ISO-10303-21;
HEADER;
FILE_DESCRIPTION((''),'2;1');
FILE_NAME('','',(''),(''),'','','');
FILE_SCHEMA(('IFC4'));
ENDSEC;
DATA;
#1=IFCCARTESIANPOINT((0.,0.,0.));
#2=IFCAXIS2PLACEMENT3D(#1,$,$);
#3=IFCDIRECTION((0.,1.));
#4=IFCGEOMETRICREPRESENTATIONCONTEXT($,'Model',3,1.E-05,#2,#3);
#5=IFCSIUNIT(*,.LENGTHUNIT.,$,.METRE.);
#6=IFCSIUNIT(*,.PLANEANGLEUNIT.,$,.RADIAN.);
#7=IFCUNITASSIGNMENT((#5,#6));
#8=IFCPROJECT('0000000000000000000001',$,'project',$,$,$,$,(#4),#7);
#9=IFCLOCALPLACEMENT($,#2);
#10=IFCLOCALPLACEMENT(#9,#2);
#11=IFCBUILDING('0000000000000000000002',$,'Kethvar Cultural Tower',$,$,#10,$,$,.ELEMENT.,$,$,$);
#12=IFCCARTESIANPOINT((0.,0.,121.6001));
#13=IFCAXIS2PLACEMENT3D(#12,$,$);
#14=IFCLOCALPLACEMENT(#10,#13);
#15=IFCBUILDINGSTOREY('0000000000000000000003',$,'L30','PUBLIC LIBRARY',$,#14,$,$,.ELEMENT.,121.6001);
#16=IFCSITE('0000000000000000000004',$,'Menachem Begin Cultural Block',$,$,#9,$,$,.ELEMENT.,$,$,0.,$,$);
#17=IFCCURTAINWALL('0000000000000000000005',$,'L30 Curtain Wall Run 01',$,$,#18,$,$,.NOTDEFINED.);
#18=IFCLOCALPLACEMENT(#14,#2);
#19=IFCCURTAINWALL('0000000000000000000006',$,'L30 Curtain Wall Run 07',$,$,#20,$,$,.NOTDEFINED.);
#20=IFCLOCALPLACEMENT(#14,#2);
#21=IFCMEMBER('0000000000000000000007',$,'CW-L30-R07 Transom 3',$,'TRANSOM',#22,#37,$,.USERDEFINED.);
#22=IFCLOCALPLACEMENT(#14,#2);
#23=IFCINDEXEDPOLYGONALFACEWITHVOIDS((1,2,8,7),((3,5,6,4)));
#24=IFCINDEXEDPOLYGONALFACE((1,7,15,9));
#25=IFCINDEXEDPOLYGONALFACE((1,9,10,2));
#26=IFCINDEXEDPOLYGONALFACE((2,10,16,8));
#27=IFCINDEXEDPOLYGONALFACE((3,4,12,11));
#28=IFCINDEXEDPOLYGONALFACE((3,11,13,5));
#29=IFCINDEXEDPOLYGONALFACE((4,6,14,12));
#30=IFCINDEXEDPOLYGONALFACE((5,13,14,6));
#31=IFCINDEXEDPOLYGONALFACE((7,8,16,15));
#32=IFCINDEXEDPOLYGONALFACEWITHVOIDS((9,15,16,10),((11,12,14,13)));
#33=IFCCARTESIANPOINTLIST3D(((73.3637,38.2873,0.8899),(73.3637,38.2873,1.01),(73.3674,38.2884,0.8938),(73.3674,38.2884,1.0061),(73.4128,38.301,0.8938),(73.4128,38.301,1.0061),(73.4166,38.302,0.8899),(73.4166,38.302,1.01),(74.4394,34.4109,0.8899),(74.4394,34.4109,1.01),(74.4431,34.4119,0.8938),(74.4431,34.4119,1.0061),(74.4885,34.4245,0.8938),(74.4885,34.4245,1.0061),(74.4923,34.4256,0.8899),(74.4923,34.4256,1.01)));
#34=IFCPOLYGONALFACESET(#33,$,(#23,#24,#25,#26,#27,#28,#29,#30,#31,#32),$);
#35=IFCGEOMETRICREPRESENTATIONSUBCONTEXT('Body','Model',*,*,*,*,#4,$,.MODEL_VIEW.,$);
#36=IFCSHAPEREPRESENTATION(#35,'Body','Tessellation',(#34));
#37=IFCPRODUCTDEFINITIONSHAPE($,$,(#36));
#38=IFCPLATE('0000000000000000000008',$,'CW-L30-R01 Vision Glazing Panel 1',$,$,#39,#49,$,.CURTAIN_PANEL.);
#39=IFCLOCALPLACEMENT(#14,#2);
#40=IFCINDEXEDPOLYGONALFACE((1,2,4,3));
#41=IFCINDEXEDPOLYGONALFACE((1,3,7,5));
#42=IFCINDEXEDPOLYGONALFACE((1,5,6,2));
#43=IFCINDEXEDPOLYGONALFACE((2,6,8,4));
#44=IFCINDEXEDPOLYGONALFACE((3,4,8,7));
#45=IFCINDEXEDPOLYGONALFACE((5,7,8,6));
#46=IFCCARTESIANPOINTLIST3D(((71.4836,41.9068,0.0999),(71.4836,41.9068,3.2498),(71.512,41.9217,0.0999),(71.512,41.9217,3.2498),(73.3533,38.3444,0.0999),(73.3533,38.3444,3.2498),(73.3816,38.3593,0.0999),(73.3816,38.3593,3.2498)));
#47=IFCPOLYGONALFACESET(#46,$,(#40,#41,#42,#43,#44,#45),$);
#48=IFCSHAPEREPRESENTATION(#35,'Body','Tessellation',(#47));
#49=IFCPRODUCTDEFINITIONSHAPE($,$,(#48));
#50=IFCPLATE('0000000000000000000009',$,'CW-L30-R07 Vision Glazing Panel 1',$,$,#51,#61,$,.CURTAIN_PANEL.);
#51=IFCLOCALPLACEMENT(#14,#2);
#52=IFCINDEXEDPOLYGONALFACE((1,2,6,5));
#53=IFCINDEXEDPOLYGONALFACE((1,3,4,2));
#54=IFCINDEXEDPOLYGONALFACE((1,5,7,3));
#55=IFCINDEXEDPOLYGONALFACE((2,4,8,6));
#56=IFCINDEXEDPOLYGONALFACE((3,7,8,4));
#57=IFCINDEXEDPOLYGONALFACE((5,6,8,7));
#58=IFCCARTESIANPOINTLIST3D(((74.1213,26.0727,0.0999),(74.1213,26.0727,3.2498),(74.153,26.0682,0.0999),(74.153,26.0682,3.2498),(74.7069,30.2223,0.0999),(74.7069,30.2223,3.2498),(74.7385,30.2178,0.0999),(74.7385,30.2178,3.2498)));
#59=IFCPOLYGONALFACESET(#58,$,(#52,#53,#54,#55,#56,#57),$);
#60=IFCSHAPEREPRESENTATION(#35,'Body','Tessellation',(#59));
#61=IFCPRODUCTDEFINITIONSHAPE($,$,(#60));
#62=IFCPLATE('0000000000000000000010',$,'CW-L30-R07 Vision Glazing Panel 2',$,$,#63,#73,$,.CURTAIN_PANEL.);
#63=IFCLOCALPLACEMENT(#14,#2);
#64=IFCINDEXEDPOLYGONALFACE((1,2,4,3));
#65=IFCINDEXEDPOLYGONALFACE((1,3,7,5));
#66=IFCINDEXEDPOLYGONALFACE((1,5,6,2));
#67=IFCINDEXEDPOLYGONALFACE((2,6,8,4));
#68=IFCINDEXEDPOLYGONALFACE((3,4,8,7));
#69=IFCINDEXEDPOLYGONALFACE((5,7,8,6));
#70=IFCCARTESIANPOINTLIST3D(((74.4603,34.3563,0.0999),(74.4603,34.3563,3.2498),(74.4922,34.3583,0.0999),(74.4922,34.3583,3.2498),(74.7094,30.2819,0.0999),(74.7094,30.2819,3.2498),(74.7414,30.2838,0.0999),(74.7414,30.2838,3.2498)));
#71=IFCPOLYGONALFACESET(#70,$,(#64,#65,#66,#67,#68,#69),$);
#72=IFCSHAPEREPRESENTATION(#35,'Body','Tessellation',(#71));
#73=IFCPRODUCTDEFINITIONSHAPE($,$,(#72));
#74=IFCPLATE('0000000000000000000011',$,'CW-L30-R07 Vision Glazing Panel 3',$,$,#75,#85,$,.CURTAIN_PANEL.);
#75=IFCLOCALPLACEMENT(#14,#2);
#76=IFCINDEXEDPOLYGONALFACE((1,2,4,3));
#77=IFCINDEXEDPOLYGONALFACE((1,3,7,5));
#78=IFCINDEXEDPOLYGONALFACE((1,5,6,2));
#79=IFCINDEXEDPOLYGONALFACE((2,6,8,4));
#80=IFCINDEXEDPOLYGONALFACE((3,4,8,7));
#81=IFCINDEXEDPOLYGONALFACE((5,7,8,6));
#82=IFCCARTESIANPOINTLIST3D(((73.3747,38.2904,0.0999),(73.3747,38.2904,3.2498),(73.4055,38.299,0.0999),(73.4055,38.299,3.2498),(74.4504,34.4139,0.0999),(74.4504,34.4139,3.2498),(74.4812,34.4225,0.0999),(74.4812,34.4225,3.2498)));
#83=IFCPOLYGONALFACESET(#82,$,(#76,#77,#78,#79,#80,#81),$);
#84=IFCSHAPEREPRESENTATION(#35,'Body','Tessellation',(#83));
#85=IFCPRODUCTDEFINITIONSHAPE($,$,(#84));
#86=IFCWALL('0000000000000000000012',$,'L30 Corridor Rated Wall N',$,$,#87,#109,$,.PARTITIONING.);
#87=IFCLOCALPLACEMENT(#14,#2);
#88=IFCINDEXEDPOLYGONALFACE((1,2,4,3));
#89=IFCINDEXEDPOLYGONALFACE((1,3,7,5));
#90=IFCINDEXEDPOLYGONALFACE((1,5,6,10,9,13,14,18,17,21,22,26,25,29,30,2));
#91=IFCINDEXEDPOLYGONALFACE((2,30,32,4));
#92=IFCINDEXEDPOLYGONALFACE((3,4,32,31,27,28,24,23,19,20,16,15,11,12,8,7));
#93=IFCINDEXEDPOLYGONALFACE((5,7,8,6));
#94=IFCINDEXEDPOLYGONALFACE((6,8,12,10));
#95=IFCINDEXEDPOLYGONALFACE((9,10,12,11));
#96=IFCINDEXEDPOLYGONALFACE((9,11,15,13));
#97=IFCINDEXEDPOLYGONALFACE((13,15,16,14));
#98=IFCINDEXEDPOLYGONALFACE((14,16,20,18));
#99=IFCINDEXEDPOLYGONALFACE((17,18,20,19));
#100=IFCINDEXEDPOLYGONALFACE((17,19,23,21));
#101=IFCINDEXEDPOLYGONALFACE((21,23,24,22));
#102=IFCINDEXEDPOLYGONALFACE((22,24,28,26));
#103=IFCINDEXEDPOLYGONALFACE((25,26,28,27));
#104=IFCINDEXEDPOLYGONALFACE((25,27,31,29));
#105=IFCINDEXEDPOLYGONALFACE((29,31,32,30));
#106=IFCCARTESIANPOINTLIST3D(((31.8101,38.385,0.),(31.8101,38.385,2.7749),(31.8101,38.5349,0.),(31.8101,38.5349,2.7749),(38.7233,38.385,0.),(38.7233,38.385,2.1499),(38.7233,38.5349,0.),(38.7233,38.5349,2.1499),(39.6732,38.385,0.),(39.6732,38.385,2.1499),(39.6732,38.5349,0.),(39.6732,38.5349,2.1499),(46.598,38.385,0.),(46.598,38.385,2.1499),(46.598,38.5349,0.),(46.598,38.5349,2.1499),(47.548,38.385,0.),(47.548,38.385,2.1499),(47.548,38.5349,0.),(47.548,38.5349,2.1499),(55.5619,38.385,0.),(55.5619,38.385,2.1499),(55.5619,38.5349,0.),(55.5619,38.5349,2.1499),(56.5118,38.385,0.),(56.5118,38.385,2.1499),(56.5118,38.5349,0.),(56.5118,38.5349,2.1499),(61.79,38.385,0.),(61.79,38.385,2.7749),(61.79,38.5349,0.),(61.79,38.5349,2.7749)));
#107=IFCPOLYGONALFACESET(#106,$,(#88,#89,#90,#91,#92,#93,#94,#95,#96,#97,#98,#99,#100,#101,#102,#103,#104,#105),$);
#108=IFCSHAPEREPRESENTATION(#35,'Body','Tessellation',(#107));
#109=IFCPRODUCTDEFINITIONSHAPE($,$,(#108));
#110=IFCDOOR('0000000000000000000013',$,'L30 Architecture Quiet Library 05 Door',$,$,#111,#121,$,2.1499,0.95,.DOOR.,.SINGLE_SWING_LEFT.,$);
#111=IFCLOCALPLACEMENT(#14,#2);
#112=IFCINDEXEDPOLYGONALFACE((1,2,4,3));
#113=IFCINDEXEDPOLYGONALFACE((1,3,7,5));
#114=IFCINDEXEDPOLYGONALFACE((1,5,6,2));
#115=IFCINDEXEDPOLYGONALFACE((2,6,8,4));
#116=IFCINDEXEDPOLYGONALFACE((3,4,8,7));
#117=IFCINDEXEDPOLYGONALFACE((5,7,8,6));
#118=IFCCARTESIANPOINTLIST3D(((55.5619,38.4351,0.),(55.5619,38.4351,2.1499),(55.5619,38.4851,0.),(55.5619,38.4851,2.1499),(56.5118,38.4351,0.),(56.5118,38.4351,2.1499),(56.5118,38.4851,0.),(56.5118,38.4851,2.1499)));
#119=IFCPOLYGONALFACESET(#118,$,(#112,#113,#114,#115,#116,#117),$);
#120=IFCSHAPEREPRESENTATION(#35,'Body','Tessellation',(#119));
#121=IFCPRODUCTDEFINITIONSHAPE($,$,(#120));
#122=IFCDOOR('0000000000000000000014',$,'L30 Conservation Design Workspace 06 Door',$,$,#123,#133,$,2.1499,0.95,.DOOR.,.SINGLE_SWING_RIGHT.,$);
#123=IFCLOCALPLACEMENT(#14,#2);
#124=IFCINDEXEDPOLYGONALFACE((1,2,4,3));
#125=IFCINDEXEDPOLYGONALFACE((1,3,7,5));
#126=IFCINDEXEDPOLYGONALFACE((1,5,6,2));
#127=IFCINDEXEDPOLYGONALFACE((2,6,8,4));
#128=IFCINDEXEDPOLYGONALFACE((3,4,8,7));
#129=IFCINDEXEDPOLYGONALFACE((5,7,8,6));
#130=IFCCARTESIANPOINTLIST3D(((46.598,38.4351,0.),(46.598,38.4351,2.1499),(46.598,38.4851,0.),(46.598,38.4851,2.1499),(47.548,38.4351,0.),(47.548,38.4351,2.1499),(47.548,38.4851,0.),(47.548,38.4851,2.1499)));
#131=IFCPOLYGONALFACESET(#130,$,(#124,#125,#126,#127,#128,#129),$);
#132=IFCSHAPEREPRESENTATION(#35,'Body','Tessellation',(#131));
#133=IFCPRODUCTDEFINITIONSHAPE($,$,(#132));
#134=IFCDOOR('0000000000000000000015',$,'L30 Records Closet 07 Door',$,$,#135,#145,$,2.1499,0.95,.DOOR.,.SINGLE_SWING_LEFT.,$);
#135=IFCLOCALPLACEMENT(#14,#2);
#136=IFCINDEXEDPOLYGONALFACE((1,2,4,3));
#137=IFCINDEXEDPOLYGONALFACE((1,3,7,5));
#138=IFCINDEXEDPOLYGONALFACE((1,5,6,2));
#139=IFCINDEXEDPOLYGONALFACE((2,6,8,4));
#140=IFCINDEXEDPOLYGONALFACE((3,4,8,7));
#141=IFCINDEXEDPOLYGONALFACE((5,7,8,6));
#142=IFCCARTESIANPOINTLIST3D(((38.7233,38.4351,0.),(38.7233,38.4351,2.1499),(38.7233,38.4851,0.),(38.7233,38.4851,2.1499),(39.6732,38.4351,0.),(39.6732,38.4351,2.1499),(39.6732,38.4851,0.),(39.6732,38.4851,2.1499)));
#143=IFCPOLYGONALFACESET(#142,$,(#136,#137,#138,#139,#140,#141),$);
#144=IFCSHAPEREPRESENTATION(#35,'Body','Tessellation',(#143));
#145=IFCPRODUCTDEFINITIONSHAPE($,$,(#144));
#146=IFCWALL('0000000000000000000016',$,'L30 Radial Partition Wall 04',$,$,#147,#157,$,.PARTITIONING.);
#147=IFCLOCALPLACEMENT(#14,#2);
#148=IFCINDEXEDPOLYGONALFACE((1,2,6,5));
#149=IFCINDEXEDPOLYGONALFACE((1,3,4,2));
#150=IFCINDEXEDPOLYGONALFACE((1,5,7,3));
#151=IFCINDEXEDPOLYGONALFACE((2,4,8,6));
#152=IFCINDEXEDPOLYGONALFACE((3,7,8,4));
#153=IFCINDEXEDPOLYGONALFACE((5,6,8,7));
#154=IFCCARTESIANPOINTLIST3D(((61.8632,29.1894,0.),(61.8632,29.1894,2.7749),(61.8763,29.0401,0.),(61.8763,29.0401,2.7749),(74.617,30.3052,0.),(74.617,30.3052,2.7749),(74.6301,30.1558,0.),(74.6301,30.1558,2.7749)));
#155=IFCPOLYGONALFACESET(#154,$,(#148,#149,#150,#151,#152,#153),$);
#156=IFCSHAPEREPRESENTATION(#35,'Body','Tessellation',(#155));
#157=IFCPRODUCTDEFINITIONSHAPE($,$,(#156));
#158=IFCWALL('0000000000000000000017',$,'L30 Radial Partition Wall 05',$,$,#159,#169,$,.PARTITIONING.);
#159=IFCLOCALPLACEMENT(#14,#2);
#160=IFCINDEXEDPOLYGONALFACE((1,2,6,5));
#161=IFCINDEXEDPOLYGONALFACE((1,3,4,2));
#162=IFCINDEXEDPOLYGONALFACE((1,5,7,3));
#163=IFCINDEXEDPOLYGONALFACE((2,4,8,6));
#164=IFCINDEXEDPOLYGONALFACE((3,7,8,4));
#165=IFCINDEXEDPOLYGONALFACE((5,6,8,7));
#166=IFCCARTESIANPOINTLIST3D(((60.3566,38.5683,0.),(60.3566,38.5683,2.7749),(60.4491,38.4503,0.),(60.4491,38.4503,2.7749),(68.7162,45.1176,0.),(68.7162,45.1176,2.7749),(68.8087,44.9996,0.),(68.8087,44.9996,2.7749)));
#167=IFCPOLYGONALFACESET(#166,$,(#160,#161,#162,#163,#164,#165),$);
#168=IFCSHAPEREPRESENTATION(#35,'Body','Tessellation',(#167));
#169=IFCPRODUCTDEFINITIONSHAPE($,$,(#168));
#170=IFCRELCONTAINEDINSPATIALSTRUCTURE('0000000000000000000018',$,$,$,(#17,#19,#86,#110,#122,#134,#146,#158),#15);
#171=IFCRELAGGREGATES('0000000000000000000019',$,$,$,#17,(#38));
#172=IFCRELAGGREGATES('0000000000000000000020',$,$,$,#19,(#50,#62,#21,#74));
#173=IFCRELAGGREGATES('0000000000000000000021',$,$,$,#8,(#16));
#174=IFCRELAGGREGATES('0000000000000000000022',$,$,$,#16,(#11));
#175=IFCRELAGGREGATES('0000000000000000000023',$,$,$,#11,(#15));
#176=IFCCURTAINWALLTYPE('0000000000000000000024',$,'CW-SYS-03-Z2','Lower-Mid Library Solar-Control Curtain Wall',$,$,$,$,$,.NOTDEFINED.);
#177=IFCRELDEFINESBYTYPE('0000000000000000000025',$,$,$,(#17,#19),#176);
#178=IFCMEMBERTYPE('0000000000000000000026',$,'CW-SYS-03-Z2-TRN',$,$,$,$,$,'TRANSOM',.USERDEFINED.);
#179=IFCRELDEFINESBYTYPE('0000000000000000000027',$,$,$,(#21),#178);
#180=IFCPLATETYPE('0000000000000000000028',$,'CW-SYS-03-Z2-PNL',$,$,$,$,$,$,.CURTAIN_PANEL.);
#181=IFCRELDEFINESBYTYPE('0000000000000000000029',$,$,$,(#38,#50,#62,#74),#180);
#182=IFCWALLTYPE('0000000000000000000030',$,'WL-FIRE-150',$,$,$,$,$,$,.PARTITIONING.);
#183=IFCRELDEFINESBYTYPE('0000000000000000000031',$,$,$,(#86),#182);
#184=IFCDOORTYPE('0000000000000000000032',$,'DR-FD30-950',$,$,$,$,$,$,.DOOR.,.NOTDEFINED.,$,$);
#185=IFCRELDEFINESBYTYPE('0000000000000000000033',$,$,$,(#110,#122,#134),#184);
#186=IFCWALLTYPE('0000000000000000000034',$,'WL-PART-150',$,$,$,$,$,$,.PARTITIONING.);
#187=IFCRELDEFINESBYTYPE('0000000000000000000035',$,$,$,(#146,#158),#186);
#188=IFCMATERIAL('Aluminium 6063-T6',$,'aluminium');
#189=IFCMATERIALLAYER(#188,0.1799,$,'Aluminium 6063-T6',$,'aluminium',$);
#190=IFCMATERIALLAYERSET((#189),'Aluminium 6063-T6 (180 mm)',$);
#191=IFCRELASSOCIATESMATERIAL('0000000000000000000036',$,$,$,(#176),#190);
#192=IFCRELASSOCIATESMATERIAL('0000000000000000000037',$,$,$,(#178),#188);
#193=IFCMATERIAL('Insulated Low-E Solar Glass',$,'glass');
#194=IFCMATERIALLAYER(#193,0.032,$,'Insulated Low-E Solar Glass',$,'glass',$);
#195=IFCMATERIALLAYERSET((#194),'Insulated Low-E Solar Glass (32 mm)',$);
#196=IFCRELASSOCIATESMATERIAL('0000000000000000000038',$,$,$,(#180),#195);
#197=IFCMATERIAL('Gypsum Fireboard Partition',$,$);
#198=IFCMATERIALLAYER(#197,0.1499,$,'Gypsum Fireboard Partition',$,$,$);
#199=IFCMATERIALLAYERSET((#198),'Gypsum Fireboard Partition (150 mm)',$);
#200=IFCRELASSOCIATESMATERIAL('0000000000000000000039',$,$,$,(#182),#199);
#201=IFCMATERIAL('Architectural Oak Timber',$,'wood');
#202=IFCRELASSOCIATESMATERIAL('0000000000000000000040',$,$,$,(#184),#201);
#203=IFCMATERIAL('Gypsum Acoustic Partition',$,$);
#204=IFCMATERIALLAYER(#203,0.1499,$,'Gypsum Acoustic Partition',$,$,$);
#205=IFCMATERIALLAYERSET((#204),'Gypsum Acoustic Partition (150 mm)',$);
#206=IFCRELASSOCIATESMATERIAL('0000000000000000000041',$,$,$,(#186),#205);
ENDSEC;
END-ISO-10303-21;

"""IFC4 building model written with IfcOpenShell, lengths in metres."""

from ifc_helpers import new_model, si_unit, direction, frame, frame_2d, origin, origin_2d, place, context, subcontext, project, spatial, rectangle, hollow_rectangle, extrude, source, transform, mapped, material, layer, layer_set, material_profile, profile_set, type_object, element, fill, aggregate, save


model = new_model("IFC4")

# Units and contexts
model_context = context("Model", 3, precision=1e-05, world=origin(), true_north=direction((0.0, 1.0)))
body_context = subcontext(model_context, "Body", "Model", "MODEL_VIEW")
ifc_project = project(units=[si_unit("LENGTHUNIT", "METRE"), si_unit("PLANEANGLEUNIT", "RADIAN")], contexts=[model_context])

# Site, building, storey
site_placement = place(None, origin())
site = spatial("IfcSite", under=ifc_project, at=site_placement, Name="Menachem Begin Cultural Block", CompositionType="ELEMENT", RefElevation=0.0)
building_placement = place(site_placement, origin())
building = spatial("IfcBuilding", under=site, at=building_placement, Name="Kethvar Cultural Tower", CompositionType="ELEMENT")
storey_placement = place(building_placement, frame((0.0, 0.0, 121.6001)))
storey = spatial("IfcBuildingStorey", under=building, at=storey_placement, Name="L30", Description="PUBLIC LIBRARY", CompositionType="ELEMENT", Elevation=121.6001)

# Curtain walls
ifc_material_1 = material(Name="Aluminium 6063-T6", Category="aluminium")
ifc_layer_1 = layer(ifc_material_1, 0.1799, Name="Aluminium 6063-T6", Category="aluminium")
ifc_layer_set_1 = layer_set([ifc_layer_1], Name="Aluminium 6063-T6 (180 mm)")
curtain_wall_type = type_object("IfcCurtainWallType", Name="CW-SYS-03-Z2", Description="Lower-Mid Library Solar-Control Curtain Wall", PredefinedType="NOTDEFINED", material=ifc_layer_set_1)
curtain_wall_1_placement = place(storey_placement, origin())
curtain_wall_1 = element("IfcCurtainWall", 1, at=curtain_wall_1_placement, inside=storey, type_object=curtain_wall_type, Name="L30 Curtain Wall Run 01", PredefinedType="NOTDEFINED")
curtain_wall_2_placement = place(storey_placement, origin())
curtain_wall_2 = element("IfcCurtainWall", 2, at=curtain_wall_2_placement, inside=storey, type_object=curtain_wall_type, Name="L30 Curtain Wall Run 07", PredefinedType="NOTDEFINED")

# Member
ifc_material_profile_1 = material_profile(ifc_material_1, hollow_rectangle(XDim=0.0549, YDim=0.1201, WallThickness=0.0039, at=origin_2d()), Name="Aluminium 6063-T6 — RHS120x55x4")
ifc_profile_set_1 = profile_set([ifc_material_profile_1], Name="Aluminium 6063-T6 — RHS120x55x4")
member_type_1 = type_object("IfcMemberType", Name="CW-SYS-03-Z2-TRN", ElementType="TRANSOM", PredefinedType="USERDEFINED", material=ifc_profile_set_1)
shared_shape_1 = source(origin(), body_context, "Body", "SweptSolid", [
    extrude(hollow_rectangle(XDim=0.0549, YDim=0.1201, WallThickness=0.0039, at=origin_2d()), origin(), (0.0, 0.0, 1.0), 4.0229),
])
member_1_placement = place(storey_placement, frame((74.4658, 34.4182, 0.95), z_axis=(-0.267387, 0.963589, 0.0), x_axis=(-0.963589, -0.267387, 0.0)))
member_1 = element("IfcMember", 3, at=member_1_placement, type_object=member_type_1, Name="CW-L30-R07 Transom 3", ObjectType="TRANSOM", PredefinedType="USERDEFINED", context=body_context, shape_type="MappedRepresentation", body=[
    mapped(shared_shape_1, transform((0.0, 0.0, 0.0), scale=1.0)),
])

# Plates
ifc_material_2 = material(Name="Insulated Low-E Solar Glass", Category="glass")
ifc_layer_2 = layer(ifc_material_2, 0.032, Name="Insulated Low-E Solar Glass", Category="glass")
ifc_layer_set_2 = layer_set([ifc_layer_2], Name="Insulated Low-E Solar Glass (32 mm)")
plate_type = type_object("IfcPlateType", Name="CW-SYS-03-Z2-PNL", PredefinedType="CURTAIN_PANEL", material=ifc_layer_set_2)
shared_shape_2 = source(origin(), body_context, "Body", "SweptSolid", [
    extrude(rectangle(XDim=4.0232, YDim=0.032, at=origin_2d()), origin(), (0.0, 0.0, 1.0), 3.1499),
])
plate_1_placement = place(storey_placement, frame((72.4326, 40.1331, 0.0999), z_axis=(0.0, 0.0, 1.0), x_axis=(-0.464718, 0.885459, 0.0)))
plate_1 = element("IfcPlate", 4, at=plate_1_placement, type_object=plate_type, Name="CW-L30-R01 Vision Glazing Panel 1", PredefinedType="CURTAIN_PANEL", context=body_context, shape_type="MappedRepresentation", body=[
    mapped(shared_shape_2, transform((0.0, 0.0, 0.0), scale=1.0)),
])
aggregate(curtain_wall_1, [plate_1])
shared_shape_3 = source(origin(), body_context, "Body", "SweptSolid", [
    extrude(rectangle(XDim=4.1907, YDim=0.032, at=origin_2d()), origin(), (0.0, 0.0, 1.0), 3.1499),
])
plate_2_placement = place(storey_placement, frame((74.4299, 28.1453, 0.0999), z_axis=(0.0, 0.0, 1.0), x_axis=(0.139726, 0.99019, 0.0)))
plate_2 = element("IfcPlate", 5, at=plate_2_placement, type_object=plate_type, Name="CW-L30-R07 Vision Glazing Panel 1", PredefinedType="CURTAIN_PANEL", context=body_context, shape_type="MappedRepresentation", body=[
    mapped(shared_shape_3, transform((0.0, 0.0, 0.0), scale=1.0)),
])
shared_shape_4 = source(origin(), body_context, "Body", "SweptSolid", [
    extrude(rectangle(XDim=4.082, YDim=0.032, at=origin_2d()), origin(), (0.0, 0.0, 1.0), 3.1499),
])
plate_3_placement = place(storey_placement, frame((74.6008, 32.3201, 0.0999), z_axis=(0.0, 0.0, 1.0), x_axis=(-0.061031, 0.998136, 0.0)))
plate_3 = element("IfcPlate", 6, at=plate_3_placement, type_object=plate_type, Name="CW-L30-R07 Vision Glazing Panel 2", PredefinedType="CURTAIN_PANEL", context=body_context, shape_type="MappedRepresentation", body=[
    mapped(shared_shape_4, transform((0.0, 0.0, 0.0), scale=1.0)),
])
shared_shape_5 = source(origin(), body_context, "Body", "SweptSolid", [
    extrude(rectangle(XDim=4.0229, YDim=0.032, at=origin_2d()), origin(), (0.0, 0.0, 1.0), 3.1499),
])
plate_4_placement = place(storey_placement, frame((73.928, 36.3564, 0.0999), z_axis=(0.0, 0.0, 1.0), x_axis=(-0.26739, 0.963588, 0.0)))
plate_4 = element("IfcPlate", 7, at=plate_4_placement, type_object=plate_type, Name="CW-L30-R07 Vision Glazing Panel 3", PredefinedType="CURTAIN_PANEL", context=body_context, shape_type="MappedRepresentation", body=[
    mapped(shared_shape_5, transform((0.0, 0.0, 0.0), scale=1.0)),
])
aggregate(curtain_wall_2, [plate_2, plate_3, member_1, plate_4])

# Wall, openings, doors
ifc_material_3 = material(Name="Gypsum Fireboard Partition")
ifc_layer_3 = layer(ifc_material_3, 0.1499, Name="Gypsum Fireboard Partition")
ifc_layer_set_3 = layer_set([ifc_layer_3], Name="Gypsum Fireboard Partition (150 mm)")
wall_type_1 = type_object("IfcWallType", Name="WL-FIRE-150", PredefinedType="PARTITIONING", material=ifc_layer_set_3)
wall_1_placement = place(storey_placement, frame((61.79, 38.46, 0.0), z_axis=(0.0, 0.0, 1.0), x_axis=(-1.0, 0.0, 0.0)))
wall_1 = element("IfcWall", 8, at=wall_1_placement, inside=storey, type_object=wall_type_1, Name="L30 Corridor Rated Wall N", PredefinedType="PARTITIONING", context=body_context, shape_type="SweptSolid", body=[
    extrude(rectangle(XDim=29.98, YDim=0.1499, at=frame_2d((14.99, 0.0))), origin(), (0.0, 0.0, 1.0), 2.7749),
])
opening_1_placement = place(wall_1_placement, frame((5.2781, 0.0, 0.0)))
opening_1 = element("IfcOpeningElement", 9, at=opening_1_placement, cuts=wall_1, PredefinedType="OPENING", context=body_context, shape_type="SweptSolid", body=[
    extrude(rectangle(XDim=0.95, YDim=2.1499, at=frame_2d((0.4751, 1.075))), frame((0.0, 0.085, 0.0), z_axis=(0.0, -1.0, 0.0), x_axis=(1.0, 0.0, 0.0)), (0.0, 0.0, 1.0), 0.1699),
])
opening_2_placement = place(wall_1_placement, frame((14.2419, 0.0, 0.0)))
opening_2 = element("IfcOpeningElement", 10, at=opening_2_placement, cuts=wall_1, PredefinedType="OPENING", context=body_context, shape_type="SweptSolid", body=[
    extrude(rectangle(XDim=0.95, YDim=2.1499, at=frame_2d((0.4751, 1.075))), frame((0.0, 0.085, 0.0), z_axis=(0.0, -1.0, 0.0), x_axis=(1.0, 0.0, 0.0)), (0.0, 0.0, 1.0), 0.1699),
])
opening_3_placement = place(wall_1_placement, frame((22.1167, 0.0, 0.0)))
opening_3 = element("IfcOpeningElement", 11, at=opening_3_placement, cuts=wall_1, PredefinedType="OPENING", context=body_context, shape_type="SweptSolid", body=[
    extrude(rectangle(XDim=0.95, YDim=2.1499, at=frame_2d((0.4751, 1.075))), frame((0.0, 0.085, 0.0), z_axis=(0.0, -1.0, 0.0), x_axis=(1.0, 0.0, 0.0)), (0.0, 0.0, 1.0), 0.1699),
])
ifc_material_4 = material(Name="Architectural Oak Timber", Category="wood")
door_type = type_object("IfcDoorType", Name="DR-FD30-950", OperationType="NOTDEFINED", PredefinedType="DOOR", material=ifc_material_4)
shared_shape_6 = source(origin(), body_context, "Body", "SweptSolid", [
    extrude(rectangle(XDim=0.95, YDim=2.1499, at=frame_2d((0.4751, 1.075))), frame((0.0, 0.0249, 0.0), z_axis=(0.0, -1.0, 0.0), x_axis=(1.0, 0.0, 0.0)), (0.0, 0.0, 1.0), 0.05),
])
door_1_placement = place(opening_1_placement, origin())
door_1 = element("IfcDoor", 12, at=door_1_placement, inside=storey, type_object=door_type, Name="L30 Architecture Quiet Library 05 Door", OperationType="SINGLE_SWING_LEFT", OverallHeight=2.1499, OverallWidth=0.95, PredefinedType="DOOR", context=body_context, shape_type="MappedRepresentation", body=[
    mapped(shared_shape_6, transform((0.0, 0.0, 0.0), scale=1.0)),
])
fill(opening_1, door_1)
door_2_placement = place(opening_2_placement, origin())
door_2 = element("IfcDoor", 13, at=door_2_placement, inside=storey, type_object=door_type, Name="L30 Conservation Design Workspace 06 Door", OperationType="SINGLE_SWING_RIGHT", OverallHeight=2.1499, OverallWidth=0.95, PredefinedType="DOOR", context=body_context, shape_type="MappedRepresentation", body=[
    mapped(shared_shape_6, transform((0.0, 0.0, 0.0), scale=1.0)),
])
fill(opening_2, door_2)
door_3_placement = place(opening_3_placement, origin())
door_3 = element("IfcDoor", 14, at=door_3_placement, inside=storey, type_object=door_type, Name="L30 Records Closet 07 Door", OperationType="SINGLE_SWING_LEFT", OverallHeight=2.1499, OverallWidth=0.95, PredefinedType="DOOR", context=body_context, shape_type="MappedRepresentation", body=[
    mapped(shared_shape_6, transform((0.0, 0.0, 0.0), scale=1.0)),
])
fill(opening_3, door_3)

# Walls
ifc_material_5 = material(Name="Gypsum Acoustic Partition")
ifc_layer_4 = layer(ifc_material_5, 0.1499, Name="Gypsum Acoustic Partition")
ifc_layer_set_4 = layer_set([ifc_layer_4], Name="Gypsum Acoustic Partition (150 mm)")
wall_type_2 = type_object("IfcWallType", Name="WL-PART-150", PredefinedType="PARTITIONING", material=ifc_layer_set_4)
wall_2_placement = place(storey_placement, frame((61.8696, 29.1147, 0.0), z_axis=(0.0, 0.0, 1.0), x_axis=(0.996195, 0.08715, 0.0)))
element("IfcWall", 15, at=wall_2_placement, inside=storey, type_object=wall_type_2, Name="L30 Radial Partition Wall 04", PredefinedType="PARTITIONING", context=body_context, shape_type="SweptSolid", body=[
    extrude(rectangle(XDim=12.8025, YDim=0.1499, at=frame_2d((6.4014, 0.0))), origin(), (0.0, 0.0, 1.0), 2.7749),
])
wall_3_placement = place(storey_placement, frame((60.4028, 38.5093, 0.0), z_axis=(0.0, 0.0, 1.0), x_axis=(0.787185, 0.616717, 0.0)))
element("IfcWall", 16, at=wall_3_placement, inside=storey, type_object=wall_type_2, Name="L30 Radial Partition Wall 05", PredefinedType="PARTITIONING", context=body_context, shape_type="SweptSolid", body=[
    extrude(rectangle(XDim=10.6196, YDim=0.1499, at=frame_2d((5.3098, 0.0))), origin(), (0.0, 0.0, 1.0), 2.7749),
])

save(model, "model.ifc")
